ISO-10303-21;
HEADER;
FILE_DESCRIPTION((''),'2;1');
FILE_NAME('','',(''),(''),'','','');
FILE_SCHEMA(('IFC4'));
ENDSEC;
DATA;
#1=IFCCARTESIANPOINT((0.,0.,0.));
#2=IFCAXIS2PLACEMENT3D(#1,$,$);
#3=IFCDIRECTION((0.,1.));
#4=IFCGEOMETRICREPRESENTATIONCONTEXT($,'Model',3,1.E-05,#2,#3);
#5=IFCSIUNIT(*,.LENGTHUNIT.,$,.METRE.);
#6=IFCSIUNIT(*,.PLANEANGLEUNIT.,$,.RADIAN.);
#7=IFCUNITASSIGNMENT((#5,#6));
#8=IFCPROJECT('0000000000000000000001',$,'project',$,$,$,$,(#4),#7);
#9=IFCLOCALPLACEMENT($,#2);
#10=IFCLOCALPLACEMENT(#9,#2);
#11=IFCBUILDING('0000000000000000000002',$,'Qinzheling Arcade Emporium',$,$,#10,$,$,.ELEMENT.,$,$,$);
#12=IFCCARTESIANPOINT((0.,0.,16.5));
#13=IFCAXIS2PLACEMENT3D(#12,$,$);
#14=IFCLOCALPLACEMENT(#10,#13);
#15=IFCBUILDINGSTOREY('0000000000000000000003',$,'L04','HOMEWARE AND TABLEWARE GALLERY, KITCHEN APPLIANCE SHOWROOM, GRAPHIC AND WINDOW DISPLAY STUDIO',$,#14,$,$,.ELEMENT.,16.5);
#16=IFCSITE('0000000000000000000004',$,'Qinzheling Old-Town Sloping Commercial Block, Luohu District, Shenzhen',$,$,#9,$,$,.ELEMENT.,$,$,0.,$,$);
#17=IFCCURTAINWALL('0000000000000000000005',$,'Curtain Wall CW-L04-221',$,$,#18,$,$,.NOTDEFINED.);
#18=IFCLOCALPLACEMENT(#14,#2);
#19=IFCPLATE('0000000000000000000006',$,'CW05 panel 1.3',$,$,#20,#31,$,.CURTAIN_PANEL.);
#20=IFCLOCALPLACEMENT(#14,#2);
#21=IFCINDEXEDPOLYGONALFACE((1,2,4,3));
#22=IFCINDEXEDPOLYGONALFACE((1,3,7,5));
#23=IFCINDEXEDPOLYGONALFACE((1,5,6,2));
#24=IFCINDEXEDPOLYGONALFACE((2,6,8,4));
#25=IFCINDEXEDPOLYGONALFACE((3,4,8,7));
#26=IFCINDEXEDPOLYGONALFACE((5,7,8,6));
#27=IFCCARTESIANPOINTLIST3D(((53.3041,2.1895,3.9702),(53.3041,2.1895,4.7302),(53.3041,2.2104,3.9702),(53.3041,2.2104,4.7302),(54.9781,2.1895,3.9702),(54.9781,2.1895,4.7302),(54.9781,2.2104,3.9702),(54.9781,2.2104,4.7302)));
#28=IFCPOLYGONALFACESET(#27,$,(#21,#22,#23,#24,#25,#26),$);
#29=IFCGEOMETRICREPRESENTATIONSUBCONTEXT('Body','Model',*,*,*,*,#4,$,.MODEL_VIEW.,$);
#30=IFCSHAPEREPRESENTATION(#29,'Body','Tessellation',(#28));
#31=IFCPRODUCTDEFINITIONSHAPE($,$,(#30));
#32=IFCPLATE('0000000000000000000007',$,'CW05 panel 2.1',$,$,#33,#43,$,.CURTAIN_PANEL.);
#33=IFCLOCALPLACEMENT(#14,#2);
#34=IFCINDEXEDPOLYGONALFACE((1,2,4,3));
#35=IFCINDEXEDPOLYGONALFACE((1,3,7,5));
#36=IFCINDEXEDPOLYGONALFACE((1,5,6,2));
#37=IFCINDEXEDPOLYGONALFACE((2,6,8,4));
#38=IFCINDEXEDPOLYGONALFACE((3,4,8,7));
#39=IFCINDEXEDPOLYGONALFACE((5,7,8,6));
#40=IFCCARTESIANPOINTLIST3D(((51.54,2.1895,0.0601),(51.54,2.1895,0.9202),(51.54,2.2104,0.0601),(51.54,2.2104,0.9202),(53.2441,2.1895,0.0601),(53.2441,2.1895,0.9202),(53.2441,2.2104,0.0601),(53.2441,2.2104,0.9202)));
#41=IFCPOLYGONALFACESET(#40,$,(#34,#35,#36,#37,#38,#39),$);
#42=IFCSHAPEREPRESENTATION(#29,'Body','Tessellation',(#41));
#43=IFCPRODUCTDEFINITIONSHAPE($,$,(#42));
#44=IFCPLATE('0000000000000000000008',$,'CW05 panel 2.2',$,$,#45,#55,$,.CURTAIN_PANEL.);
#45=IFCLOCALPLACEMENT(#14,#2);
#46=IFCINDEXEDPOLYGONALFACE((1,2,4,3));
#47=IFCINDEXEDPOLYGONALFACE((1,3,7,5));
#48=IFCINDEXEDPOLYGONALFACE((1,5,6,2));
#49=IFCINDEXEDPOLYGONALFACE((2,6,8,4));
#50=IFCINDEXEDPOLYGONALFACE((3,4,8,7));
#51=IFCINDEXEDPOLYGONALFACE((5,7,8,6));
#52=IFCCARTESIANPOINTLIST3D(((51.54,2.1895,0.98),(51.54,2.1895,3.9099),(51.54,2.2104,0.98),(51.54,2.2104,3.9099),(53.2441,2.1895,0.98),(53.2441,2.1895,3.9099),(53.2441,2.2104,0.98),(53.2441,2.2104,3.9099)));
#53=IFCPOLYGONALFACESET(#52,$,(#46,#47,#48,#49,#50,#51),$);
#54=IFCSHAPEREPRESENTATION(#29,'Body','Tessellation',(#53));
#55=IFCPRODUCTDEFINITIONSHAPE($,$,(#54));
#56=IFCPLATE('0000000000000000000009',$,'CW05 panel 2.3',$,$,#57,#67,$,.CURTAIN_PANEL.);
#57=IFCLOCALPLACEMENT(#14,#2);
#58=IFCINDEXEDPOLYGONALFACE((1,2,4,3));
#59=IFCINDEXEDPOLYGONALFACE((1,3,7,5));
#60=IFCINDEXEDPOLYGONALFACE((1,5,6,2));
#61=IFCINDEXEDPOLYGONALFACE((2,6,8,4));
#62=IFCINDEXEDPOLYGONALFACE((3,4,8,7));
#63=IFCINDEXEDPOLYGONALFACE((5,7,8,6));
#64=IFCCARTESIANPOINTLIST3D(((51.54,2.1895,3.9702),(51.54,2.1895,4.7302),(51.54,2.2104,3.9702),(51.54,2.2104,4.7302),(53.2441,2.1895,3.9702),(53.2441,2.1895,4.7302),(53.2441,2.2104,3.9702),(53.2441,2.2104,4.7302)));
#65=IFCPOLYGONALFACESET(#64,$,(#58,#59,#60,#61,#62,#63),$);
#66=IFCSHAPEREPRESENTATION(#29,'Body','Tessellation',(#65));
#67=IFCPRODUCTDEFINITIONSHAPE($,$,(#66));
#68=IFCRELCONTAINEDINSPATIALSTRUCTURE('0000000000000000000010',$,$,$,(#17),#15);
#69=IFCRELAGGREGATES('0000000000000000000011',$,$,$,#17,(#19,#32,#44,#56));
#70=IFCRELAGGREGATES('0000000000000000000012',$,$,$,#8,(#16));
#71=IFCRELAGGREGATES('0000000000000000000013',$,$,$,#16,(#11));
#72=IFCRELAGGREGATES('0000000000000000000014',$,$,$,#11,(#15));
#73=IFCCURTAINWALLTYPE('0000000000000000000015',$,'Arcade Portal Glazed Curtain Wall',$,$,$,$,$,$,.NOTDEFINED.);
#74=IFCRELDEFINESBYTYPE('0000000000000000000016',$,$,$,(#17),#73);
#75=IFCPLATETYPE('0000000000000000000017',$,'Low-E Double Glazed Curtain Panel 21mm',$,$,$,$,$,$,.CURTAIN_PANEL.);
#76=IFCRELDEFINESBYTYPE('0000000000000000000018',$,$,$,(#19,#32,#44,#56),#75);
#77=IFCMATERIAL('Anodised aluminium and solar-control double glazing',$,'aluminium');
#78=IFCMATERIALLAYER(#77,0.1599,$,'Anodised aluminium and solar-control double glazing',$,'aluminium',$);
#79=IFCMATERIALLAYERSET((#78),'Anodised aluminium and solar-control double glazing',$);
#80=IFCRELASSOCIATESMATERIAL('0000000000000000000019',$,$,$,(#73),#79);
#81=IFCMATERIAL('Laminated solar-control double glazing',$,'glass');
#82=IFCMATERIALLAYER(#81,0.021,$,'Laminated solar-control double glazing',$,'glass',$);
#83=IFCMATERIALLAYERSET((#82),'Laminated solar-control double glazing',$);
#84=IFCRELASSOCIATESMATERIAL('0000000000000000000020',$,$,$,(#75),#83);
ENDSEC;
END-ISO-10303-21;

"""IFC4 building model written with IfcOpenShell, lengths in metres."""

from ifc_helpers import new_model, si_unit, direction, frame, origin, origin_2d, place, context, subcontext, project, spatial, rectangle, extrude, material, layer, layer_set, type_object, element, aggregate, save


model = new_model("IFC4")

# Units and contexts
model_context = context("Model", 3, precision=1e-05, world=origin(), true_north=direction((0.0, 1.0)))
body_context = subcontext(model_context, "Body", "Model", "MODEL_VIEW")
ifc_project = project(units=[si_unit("LENGTHUNIT", "METRE"), si_unit("PLANEANGLEUNIT", "RADIAN")], contexts=[model_context])

# Site, building, storey
site_placement = place(None, origin())
site = spatial("IfcSite", under=ifc_project, at=site_placement, Name="Qinzheling Old-Town Sloping Commercial Block, Luohu District, Shenzhen", CompositionType="ELEMENT", RefElevation=0.0)
building_placement = place(site_placement, origin())
building = spatial("IfcBuilding", under=site, at=building_placement, Name="Qinzheling Arcade Emporium", CompositionType="ELEMENT")
storey_placement = place(building_placement, frame((0.0, 0.0, 16.5)))
storey = spatial("IfcBuildingStorey", under=building, at=storey_placement, Name="L04", Description="HOMEWARE AND TABLEWARE GALLERY, KITCHEN APPLIANCE SHOWROOM, GRAPHIC AND WINDOW DISPLAY STUDIO", CompositionType="ELEMENT", Elevation=16.5)

# Curtain wall
ifc_material_1 = material(Name="Anodised aluminium and solar-control double glazing", Category="aluminium")
ifc_layer_1 = layer(ifc_material_1, 0.1599, Name="Anodised aluminium and solar-control double glazing", Category="aluminium")
ifc_layer_set_1 = layer_set([ifc_layer_1], Name="Anodised aluminium and solar-control double glazing")
curtain_wall_type = type_object("IfcCurtainWallType", Name="Arcade Portal Glazed Curtain Wall", PredefinedType="NOTDEFINED", material=ifc_layer_set_1)
curtain_wall_placement = place(storey_placement, origin())
curtain_wall = element("IfcCurtainWall", 1, at=curtain_wall_placement, inside=storey, type_object=curtain_wall_type, Name="Curtain Wall CW-L04-221", PredefinedType="NOTDEFINED")

# Plates
ifc_material_2 = material(Name="Laminated solar-control double glazing", Category="glass")
ifc_layer_2 = layer(ifc_material_2, 0.021, Name="Laminated solar-control double glazing", Category="glass")
ifc_layer_set_2 = layer_set([ifc_layer_2], Name="Laminated solar-control double glazing")
plate_type = type_object("IfcPlateType", Name="Low-E Double Glazed Curtain Panel 21mm", PredefinedType="CURTAIN_PANEL", material=ifc_layer_set_2)
plate_1_placement = place(storey_placement, frame((54.1411, 2.2, 3.9702), z_axis=(0.0, 0.0, 1.0), x_axis=(-1.0, 0.0, 0.0)))
plate_1 = element("IfcPlate", 2, at=plate_1_placement, type_object=plate_type, Name="CW05 panel 1.3", PredefinedType="CURTAIN_PANEL", context=body_context, shape_type="SweptSolid", body=[
    extrude(rectangle(XDim=1.6741, YDim=0.021, at=origin_2d()), origin(), (0.0, 0.0, 1.0), 0.76),
])
plate_2_placement = place(storey_placement, frame((52.3921, 2.2, 0.0601), z_axis=(0.0, 0.0, 1.0), x_axis=(-1.0, 0.0, 0.0)))
plate_2 = element("IfcPlate", 3, at=plate_2_placement, type_object=plate_type, Name="CW05 panel 2.1", PredefinedType="CURTAIN_PANEL", context=body_context, shape_type="SweptSolid", body=[
    extrude(rectangle(XDim=1.7041, YDim=0.021, at=origin_2d()), origin(), (0.0, 0.0, 1.0), 0.8601),
])
plate_3_placement = place(storey_placement, frame((52.3921, 2.2, 0.98), z_axis=(0.0, 0.0, 1.0), x_axis=(-1.0, 0.0, 0.0)))
plate_3 = element("IfcPlate", 4, at=plate_3_placement, type_object=plate_type, Name="CW05 panel 2.2", PredefinedType="CURTAIN_PANEL", context=body_context, shape_type="SweptSolid", body=[
    extrude(rectangle(XDim=1.7041, YDim=0.021, at=origin_2d()), origin(), (0.0, 0.0, 1.0), 2.9299),
])
plate_4_placement = place(storey_placement, frame((52.3921, 2.2, 3.9702), z_axis=(0.0, 0.0, 1.0), x_axis=(-1.0, 0.0, 0.0)))
plate_4 = element("IfcPlate", 5, at=plate_4_placement, type_object=plate_type, Name="CW05 panel 2.3", PredefinedType="CURTAIN_PANEL", context=body_context, shape_type="SweptSolid", body=[
    extrude(rectangle(XDim=1.7041, YDim=0.021, at=origin_2d()), origin(), (0.0, 0.0, 1.0), 0.76),
])
aggregate(curtain_wall, [plate_1, plate_2, plate_3, plate_4])

save(model, "model.ifc")
